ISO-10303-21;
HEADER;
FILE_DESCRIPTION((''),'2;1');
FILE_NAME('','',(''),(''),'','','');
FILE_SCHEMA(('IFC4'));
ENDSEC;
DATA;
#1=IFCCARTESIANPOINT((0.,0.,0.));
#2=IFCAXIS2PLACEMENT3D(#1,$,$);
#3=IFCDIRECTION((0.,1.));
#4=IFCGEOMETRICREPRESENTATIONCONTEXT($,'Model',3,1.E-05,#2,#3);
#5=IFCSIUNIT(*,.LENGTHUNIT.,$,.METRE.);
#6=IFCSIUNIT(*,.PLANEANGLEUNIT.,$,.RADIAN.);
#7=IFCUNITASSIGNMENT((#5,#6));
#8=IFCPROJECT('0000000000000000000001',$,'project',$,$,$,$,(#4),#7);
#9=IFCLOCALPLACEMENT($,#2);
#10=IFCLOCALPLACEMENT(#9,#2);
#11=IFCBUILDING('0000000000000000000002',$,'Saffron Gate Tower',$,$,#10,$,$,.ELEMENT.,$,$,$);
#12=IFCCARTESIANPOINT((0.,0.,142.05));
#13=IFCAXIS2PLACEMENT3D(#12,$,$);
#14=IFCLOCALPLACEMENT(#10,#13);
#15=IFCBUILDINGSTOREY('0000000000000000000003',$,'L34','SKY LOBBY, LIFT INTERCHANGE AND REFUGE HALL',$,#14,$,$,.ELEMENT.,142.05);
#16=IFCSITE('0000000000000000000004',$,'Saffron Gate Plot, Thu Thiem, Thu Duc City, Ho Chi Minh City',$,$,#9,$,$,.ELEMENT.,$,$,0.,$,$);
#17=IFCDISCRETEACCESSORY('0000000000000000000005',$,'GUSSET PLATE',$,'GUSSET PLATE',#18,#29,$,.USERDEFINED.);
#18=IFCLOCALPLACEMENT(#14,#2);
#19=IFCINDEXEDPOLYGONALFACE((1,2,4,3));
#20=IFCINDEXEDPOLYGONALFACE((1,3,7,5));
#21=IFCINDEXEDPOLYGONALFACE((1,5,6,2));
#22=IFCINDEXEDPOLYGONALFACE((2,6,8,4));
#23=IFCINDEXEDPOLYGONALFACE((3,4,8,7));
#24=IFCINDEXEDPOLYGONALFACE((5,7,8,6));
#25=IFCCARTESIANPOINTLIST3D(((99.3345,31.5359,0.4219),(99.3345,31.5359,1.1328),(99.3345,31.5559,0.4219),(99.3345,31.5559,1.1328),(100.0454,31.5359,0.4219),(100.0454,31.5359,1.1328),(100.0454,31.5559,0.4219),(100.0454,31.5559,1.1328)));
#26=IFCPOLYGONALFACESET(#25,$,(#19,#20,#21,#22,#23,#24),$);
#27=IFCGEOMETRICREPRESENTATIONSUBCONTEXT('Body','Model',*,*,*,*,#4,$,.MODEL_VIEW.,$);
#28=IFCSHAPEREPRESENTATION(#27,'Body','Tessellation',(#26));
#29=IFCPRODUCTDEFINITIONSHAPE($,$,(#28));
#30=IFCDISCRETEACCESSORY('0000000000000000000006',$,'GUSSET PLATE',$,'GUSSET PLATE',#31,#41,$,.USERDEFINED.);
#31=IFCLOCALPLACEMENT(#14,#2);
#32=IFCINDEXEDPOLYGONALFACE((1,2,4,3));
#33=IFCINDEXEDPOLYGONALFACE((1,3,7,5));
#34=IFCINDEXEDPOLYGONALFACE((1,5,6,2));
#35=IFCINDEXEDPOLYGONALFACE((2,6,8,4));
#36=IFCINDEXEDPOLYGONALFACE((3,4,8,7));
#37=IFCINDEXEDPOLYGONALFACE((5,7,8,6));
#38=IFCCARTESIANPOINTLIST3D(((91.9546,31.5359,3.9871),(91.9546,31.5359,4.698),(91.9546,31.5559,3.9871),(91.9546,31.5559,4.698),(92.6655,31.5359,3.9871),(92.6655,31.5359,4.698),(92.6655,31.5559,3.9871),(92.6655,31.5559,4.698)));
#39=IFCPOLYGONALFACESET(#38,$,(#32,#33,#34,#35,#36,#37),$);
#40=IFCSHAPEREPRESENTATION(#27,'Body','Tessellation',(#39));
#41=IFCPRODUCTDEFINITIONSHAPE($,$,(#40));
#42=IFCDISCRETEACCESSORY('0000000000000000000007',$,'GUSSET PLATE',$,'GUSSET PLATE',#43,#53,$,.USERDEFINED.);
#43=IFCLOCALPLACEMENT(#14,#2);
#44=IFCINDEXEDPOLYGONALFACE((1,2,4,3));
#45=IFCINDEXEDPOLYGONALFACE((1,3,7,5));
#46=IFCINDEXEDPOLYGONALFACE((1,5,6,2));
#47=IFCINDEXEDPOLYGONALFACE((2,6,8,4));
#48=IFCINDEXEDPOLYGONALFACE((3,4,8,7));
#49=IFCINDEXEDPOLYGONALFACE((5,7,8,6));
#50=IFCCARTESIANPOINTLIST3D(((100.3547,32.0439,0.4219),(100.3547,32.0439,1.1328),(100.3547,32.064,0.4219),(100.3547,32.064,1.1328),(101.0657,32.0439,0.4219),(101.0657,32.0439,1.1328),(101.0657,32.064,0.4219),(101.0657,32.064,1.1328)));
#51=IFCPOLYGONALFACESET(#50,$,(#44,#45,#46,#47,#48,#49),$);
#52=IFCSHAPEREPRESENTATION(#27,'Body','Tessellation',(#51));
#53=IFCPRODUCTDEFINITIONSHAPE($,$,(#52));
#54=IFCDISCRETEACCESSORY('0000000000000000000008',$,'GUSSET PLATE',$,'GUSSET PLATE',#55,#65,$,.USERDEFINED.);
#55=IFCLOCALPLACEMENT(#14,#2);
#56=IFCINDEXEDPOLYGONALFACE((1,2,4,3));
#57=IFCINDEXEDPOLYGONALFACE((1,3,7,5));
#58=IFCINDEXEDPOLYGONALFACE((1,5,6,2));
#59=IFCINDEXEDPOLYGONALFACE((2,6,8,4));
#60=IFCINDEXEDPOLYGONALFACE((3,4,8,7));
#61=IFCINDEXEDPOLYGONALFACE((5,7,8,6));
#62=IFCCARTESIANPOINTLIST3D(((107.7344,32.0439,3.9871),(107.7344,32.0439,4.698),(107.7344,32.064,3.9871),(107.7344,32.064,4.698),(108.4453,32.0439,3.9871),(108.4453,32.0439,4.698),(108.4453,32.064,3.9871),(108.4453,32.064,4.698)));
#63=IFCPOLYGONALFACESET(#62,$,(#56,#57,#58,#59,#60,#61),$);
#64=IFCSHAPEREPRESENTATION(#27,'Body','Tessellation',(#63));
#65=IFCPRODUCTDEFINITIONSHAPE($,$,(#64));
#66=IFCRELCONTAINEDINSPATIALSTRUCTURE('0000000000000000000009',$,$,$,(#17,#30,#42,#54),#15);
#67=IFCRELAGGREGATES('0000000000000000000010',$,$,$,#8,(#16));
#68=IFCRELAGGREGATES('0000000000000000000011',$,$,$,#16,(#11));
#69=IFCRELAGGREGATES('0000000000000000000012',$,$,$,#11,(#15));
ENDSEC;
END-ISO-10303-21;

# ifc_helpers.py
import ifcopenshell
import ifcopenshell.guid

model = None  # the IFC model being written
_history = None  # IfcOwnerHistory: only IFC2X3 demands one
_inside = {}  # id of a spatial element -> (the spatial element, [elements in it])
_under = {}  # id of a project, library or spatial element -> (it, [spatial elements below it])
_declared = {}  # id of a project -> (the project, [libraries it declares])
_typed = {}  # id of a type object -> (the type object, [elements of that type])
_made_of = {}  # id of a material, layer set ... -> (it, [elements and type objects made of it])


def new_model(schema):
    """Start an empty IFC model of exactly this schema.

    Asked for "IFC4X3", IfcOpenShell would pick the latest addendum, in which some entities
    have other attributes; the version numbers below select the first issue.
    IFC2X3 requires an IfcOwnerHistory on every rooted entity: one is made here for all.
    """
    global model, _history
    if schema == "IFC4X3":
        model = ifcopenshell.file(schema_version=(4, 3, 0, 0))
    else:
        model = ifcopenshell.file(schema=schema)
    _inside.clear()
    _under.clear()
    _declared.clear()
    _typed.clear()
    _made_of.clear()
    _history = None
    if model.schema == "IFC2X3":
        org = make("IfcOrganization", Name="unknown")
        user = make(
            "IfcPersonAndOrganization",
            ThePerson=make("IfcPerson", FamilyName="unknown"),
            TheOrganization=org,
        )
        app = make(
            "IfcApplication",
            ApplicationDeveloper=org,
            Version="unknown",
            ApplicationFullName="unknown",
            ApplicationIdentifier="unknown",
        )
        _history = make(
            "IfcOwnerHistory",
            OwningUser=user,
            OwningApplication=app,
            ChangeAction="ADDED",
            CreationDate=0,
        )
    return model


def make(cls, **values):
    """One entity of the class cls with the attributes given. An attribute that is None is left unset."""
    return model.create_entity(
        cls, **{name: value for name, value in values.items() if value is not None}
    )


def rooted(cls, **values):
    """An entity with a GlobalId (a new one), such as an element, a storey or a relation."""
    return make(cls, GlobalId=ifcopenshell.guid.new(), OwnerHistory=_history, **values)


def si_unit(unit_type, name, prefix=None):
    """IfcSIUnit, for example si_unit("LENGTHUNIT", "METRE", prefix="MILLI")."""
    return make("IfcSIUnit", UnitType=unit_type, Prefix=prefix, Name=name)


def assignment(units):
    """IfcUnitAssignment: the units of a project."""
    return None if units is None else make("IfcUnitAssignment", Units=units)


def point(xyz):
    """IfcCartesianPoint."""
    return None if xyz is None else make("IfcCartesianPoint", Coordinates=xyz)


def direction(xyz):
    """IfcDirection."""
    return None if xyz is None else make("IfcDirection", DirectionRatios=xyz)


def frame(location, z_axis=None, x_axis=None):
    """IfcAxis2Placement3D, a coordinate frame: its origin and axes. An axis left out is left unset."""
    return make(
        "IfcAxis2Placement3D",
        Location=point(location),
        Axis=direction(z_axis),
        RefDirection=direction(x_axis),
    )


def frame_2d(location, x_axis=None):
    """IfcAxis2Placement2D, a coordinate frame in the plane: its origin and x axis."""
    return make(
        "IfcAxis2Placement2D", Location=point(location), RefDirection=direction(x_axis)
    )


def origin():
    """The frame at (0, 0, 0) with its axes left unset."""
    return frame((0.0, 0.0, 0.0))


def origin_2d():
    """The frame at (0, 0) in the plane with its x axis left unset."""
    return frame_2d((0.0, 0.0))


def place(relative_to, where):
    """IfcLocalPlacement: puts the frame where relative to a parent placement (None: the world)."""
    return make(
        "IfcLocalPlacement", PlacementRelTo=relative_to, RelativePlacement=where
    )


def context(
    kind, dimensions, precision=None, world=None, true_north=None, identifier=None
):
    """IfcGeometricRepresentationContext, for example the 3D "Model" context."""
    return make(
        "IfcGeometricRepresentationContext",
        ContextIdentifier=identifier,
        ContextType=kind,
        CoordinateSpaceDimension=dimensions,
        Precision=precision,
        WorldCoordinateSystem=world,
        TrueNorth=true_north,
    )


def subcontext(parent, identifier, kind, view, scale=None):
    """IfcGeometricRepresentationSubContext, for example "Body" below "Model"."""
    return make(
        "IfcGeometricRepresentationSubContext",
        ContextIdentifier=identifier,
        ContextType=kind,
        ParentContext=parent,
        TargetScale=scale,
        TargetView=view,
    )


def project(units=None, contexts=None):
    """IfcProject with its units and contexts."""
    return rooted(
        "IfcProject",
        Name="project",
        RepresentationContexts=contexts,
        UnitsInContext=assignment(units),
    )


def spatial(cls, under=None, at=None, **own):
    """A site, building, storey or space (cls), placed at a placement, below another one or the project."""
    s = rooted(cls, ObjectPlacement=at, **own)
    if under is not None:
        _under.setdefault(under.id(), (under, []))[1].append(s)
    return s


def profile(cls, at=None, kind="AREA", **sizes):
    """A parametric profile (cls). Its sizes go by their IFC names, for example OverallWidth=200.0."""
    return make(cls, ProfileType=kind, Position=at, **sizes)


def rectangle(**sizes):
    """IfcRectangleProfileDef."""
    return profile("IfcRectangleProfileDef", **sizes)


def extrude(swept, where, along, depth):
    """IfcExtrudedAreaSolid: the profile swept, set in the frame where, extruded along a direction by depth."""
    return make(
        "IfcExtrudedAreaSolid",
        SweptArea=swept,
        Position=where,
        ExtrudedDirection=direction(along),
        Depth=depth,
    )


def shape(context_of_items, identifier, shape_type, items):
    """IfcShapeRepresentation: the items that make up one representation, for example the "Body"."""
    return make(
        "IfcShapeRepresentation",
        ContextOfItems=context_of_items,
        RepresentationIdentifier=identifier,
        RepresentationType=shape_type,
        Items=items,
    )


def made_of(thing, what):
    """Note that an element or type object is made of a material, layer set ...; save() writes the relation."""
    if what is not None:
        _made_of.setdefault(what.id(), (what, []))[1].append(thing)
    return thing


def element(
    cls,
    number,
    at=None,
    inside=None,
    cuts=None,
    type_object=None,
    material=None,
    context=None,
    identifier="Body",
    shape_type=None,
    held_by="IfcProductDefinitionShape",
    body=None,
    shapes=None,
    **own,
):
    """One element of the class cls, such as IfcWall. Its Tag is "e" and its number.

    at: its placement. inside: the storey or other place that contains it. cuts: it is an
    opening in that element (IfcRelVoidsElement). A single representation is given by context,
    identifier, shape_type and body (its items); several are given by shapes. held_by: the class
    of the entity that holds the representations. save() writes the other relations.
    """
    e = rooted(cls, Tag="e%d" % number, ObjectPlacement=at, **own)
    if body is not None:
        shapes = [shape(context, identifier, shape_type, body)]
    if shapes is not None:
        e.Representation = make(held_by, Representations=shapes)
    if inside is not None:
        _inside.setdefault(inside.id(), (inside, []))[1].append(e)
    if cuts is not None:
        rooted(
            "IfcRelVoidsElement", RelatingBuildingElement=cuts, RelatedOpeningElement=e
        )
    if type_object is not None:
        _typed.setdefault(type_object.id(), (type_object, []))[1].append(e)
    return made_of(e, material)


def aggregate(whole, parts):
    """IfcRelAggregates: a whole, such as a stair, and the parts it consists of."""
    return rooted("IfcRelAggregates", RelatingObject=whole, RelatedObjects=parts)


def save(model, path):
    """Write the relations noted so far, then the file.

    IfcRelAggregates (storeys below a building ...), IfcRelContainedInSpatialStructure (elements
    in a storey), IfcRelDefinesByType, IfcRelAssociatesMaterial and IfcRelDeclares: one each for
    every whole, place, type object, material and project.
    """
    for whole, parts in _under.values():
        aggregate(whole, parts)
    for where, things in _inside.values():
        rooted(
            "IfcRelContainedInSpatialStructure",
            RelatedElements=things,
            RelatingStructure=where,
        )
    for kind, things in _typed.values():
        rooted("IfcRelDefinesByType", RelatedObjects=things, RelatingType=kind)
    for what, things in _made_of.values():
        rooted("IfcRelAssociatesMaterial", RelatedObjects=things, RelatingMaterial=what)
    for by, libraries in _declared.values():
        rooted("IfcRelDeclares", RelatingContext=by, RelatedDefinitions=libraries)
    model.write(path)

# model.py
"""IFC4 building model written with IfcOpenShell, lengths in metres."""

from ifc_helpers import new_model, si_unit, direction, frame, origin, origin_2d, place, context, subcontext, project, spatial, rectangle, extrude, element, save


model = new_model("IFC4")

# Units and contexts
model_context = context("Model", 3, precision=1e-05, world=origin(), true_north=direction((0.0, 1.0)))
body_context = subcontext(model_context, "Body", "Model", "MODEL_VIEW")
ifc_project = project(units=[si_unit("LENGTHUNIT", "METRE"), si_unit("PLANEANGLEUNIT", "RADIAN")], contexts=[model_context])

# Site, building, storey
site_placement = place(None, origin())
site = spatial("IfcSite", under=ifc_project, at=site_placement, Name="Saffron Gate Plot, Thu Thiem, Thu Duc City, Ho Chi Minh City", CompositionType="ELEMENT", RefElevation=0.0)
building_placement = place(site_placement, origin())
building = spatial("IfcBuilding", under=site, at=building_placement, Name="Saffron Gate Tower", CompositionType="ELEMENT")
storey_placement = place(building_placement, frame((0.0, 0.0, 142.05)))
storey = spatial("IfcBuildingStorey", under=building, at=storey_placement, Name="L34", Description="SKY LOBBY, LIFT INTERCHANGE AND REFUGE HALL", CompositionType="ELEMENT", Elevation=142.05)

# Discrete accessories
for number, where, z_axis, x_axis, name in (
    (1, (99.6899, 31.5459, 0.4219), (0.0, 0.0, 1.0), (-1.0, 0.0, 0.0), "GUSSET PLATE"),
    (2, (92.3101, 31.5459, 3.9871), (0.0, 0.0, 1.0), (-1.0, 0.0, 0.0), "GUSSET PLATE"),
    (3, (100.7102, 32.054, 0.4219), (0.0, 0.0, 1.0), (1.0, 0.0, 0.0), "GUSSET PLATE"),
    (4, (108.0898, 32.054, 3.9871), (0.0, 0.0, 1.0), (1.0, 0.0, 0.0), "GUSSET PLATE"),
):
    element("IfcDiscreteAccessory", number, at=place(storey_placement, frame(where, z_axis=z_axis, x_axis=x_axis)), inside=storey, Name=name, ObjectType="GUSSET PLATE", PredefinedType="USERDEFINED", context=body_context, shape_type="SweptSolid", body=[
        extrude(rectangle(XDim=0.7109, YDim=0.02, at=origin_2d()), origin(), (0.0, 0.0, 1.0), 0.7109),
    ])

save(model, "model.ifc")
